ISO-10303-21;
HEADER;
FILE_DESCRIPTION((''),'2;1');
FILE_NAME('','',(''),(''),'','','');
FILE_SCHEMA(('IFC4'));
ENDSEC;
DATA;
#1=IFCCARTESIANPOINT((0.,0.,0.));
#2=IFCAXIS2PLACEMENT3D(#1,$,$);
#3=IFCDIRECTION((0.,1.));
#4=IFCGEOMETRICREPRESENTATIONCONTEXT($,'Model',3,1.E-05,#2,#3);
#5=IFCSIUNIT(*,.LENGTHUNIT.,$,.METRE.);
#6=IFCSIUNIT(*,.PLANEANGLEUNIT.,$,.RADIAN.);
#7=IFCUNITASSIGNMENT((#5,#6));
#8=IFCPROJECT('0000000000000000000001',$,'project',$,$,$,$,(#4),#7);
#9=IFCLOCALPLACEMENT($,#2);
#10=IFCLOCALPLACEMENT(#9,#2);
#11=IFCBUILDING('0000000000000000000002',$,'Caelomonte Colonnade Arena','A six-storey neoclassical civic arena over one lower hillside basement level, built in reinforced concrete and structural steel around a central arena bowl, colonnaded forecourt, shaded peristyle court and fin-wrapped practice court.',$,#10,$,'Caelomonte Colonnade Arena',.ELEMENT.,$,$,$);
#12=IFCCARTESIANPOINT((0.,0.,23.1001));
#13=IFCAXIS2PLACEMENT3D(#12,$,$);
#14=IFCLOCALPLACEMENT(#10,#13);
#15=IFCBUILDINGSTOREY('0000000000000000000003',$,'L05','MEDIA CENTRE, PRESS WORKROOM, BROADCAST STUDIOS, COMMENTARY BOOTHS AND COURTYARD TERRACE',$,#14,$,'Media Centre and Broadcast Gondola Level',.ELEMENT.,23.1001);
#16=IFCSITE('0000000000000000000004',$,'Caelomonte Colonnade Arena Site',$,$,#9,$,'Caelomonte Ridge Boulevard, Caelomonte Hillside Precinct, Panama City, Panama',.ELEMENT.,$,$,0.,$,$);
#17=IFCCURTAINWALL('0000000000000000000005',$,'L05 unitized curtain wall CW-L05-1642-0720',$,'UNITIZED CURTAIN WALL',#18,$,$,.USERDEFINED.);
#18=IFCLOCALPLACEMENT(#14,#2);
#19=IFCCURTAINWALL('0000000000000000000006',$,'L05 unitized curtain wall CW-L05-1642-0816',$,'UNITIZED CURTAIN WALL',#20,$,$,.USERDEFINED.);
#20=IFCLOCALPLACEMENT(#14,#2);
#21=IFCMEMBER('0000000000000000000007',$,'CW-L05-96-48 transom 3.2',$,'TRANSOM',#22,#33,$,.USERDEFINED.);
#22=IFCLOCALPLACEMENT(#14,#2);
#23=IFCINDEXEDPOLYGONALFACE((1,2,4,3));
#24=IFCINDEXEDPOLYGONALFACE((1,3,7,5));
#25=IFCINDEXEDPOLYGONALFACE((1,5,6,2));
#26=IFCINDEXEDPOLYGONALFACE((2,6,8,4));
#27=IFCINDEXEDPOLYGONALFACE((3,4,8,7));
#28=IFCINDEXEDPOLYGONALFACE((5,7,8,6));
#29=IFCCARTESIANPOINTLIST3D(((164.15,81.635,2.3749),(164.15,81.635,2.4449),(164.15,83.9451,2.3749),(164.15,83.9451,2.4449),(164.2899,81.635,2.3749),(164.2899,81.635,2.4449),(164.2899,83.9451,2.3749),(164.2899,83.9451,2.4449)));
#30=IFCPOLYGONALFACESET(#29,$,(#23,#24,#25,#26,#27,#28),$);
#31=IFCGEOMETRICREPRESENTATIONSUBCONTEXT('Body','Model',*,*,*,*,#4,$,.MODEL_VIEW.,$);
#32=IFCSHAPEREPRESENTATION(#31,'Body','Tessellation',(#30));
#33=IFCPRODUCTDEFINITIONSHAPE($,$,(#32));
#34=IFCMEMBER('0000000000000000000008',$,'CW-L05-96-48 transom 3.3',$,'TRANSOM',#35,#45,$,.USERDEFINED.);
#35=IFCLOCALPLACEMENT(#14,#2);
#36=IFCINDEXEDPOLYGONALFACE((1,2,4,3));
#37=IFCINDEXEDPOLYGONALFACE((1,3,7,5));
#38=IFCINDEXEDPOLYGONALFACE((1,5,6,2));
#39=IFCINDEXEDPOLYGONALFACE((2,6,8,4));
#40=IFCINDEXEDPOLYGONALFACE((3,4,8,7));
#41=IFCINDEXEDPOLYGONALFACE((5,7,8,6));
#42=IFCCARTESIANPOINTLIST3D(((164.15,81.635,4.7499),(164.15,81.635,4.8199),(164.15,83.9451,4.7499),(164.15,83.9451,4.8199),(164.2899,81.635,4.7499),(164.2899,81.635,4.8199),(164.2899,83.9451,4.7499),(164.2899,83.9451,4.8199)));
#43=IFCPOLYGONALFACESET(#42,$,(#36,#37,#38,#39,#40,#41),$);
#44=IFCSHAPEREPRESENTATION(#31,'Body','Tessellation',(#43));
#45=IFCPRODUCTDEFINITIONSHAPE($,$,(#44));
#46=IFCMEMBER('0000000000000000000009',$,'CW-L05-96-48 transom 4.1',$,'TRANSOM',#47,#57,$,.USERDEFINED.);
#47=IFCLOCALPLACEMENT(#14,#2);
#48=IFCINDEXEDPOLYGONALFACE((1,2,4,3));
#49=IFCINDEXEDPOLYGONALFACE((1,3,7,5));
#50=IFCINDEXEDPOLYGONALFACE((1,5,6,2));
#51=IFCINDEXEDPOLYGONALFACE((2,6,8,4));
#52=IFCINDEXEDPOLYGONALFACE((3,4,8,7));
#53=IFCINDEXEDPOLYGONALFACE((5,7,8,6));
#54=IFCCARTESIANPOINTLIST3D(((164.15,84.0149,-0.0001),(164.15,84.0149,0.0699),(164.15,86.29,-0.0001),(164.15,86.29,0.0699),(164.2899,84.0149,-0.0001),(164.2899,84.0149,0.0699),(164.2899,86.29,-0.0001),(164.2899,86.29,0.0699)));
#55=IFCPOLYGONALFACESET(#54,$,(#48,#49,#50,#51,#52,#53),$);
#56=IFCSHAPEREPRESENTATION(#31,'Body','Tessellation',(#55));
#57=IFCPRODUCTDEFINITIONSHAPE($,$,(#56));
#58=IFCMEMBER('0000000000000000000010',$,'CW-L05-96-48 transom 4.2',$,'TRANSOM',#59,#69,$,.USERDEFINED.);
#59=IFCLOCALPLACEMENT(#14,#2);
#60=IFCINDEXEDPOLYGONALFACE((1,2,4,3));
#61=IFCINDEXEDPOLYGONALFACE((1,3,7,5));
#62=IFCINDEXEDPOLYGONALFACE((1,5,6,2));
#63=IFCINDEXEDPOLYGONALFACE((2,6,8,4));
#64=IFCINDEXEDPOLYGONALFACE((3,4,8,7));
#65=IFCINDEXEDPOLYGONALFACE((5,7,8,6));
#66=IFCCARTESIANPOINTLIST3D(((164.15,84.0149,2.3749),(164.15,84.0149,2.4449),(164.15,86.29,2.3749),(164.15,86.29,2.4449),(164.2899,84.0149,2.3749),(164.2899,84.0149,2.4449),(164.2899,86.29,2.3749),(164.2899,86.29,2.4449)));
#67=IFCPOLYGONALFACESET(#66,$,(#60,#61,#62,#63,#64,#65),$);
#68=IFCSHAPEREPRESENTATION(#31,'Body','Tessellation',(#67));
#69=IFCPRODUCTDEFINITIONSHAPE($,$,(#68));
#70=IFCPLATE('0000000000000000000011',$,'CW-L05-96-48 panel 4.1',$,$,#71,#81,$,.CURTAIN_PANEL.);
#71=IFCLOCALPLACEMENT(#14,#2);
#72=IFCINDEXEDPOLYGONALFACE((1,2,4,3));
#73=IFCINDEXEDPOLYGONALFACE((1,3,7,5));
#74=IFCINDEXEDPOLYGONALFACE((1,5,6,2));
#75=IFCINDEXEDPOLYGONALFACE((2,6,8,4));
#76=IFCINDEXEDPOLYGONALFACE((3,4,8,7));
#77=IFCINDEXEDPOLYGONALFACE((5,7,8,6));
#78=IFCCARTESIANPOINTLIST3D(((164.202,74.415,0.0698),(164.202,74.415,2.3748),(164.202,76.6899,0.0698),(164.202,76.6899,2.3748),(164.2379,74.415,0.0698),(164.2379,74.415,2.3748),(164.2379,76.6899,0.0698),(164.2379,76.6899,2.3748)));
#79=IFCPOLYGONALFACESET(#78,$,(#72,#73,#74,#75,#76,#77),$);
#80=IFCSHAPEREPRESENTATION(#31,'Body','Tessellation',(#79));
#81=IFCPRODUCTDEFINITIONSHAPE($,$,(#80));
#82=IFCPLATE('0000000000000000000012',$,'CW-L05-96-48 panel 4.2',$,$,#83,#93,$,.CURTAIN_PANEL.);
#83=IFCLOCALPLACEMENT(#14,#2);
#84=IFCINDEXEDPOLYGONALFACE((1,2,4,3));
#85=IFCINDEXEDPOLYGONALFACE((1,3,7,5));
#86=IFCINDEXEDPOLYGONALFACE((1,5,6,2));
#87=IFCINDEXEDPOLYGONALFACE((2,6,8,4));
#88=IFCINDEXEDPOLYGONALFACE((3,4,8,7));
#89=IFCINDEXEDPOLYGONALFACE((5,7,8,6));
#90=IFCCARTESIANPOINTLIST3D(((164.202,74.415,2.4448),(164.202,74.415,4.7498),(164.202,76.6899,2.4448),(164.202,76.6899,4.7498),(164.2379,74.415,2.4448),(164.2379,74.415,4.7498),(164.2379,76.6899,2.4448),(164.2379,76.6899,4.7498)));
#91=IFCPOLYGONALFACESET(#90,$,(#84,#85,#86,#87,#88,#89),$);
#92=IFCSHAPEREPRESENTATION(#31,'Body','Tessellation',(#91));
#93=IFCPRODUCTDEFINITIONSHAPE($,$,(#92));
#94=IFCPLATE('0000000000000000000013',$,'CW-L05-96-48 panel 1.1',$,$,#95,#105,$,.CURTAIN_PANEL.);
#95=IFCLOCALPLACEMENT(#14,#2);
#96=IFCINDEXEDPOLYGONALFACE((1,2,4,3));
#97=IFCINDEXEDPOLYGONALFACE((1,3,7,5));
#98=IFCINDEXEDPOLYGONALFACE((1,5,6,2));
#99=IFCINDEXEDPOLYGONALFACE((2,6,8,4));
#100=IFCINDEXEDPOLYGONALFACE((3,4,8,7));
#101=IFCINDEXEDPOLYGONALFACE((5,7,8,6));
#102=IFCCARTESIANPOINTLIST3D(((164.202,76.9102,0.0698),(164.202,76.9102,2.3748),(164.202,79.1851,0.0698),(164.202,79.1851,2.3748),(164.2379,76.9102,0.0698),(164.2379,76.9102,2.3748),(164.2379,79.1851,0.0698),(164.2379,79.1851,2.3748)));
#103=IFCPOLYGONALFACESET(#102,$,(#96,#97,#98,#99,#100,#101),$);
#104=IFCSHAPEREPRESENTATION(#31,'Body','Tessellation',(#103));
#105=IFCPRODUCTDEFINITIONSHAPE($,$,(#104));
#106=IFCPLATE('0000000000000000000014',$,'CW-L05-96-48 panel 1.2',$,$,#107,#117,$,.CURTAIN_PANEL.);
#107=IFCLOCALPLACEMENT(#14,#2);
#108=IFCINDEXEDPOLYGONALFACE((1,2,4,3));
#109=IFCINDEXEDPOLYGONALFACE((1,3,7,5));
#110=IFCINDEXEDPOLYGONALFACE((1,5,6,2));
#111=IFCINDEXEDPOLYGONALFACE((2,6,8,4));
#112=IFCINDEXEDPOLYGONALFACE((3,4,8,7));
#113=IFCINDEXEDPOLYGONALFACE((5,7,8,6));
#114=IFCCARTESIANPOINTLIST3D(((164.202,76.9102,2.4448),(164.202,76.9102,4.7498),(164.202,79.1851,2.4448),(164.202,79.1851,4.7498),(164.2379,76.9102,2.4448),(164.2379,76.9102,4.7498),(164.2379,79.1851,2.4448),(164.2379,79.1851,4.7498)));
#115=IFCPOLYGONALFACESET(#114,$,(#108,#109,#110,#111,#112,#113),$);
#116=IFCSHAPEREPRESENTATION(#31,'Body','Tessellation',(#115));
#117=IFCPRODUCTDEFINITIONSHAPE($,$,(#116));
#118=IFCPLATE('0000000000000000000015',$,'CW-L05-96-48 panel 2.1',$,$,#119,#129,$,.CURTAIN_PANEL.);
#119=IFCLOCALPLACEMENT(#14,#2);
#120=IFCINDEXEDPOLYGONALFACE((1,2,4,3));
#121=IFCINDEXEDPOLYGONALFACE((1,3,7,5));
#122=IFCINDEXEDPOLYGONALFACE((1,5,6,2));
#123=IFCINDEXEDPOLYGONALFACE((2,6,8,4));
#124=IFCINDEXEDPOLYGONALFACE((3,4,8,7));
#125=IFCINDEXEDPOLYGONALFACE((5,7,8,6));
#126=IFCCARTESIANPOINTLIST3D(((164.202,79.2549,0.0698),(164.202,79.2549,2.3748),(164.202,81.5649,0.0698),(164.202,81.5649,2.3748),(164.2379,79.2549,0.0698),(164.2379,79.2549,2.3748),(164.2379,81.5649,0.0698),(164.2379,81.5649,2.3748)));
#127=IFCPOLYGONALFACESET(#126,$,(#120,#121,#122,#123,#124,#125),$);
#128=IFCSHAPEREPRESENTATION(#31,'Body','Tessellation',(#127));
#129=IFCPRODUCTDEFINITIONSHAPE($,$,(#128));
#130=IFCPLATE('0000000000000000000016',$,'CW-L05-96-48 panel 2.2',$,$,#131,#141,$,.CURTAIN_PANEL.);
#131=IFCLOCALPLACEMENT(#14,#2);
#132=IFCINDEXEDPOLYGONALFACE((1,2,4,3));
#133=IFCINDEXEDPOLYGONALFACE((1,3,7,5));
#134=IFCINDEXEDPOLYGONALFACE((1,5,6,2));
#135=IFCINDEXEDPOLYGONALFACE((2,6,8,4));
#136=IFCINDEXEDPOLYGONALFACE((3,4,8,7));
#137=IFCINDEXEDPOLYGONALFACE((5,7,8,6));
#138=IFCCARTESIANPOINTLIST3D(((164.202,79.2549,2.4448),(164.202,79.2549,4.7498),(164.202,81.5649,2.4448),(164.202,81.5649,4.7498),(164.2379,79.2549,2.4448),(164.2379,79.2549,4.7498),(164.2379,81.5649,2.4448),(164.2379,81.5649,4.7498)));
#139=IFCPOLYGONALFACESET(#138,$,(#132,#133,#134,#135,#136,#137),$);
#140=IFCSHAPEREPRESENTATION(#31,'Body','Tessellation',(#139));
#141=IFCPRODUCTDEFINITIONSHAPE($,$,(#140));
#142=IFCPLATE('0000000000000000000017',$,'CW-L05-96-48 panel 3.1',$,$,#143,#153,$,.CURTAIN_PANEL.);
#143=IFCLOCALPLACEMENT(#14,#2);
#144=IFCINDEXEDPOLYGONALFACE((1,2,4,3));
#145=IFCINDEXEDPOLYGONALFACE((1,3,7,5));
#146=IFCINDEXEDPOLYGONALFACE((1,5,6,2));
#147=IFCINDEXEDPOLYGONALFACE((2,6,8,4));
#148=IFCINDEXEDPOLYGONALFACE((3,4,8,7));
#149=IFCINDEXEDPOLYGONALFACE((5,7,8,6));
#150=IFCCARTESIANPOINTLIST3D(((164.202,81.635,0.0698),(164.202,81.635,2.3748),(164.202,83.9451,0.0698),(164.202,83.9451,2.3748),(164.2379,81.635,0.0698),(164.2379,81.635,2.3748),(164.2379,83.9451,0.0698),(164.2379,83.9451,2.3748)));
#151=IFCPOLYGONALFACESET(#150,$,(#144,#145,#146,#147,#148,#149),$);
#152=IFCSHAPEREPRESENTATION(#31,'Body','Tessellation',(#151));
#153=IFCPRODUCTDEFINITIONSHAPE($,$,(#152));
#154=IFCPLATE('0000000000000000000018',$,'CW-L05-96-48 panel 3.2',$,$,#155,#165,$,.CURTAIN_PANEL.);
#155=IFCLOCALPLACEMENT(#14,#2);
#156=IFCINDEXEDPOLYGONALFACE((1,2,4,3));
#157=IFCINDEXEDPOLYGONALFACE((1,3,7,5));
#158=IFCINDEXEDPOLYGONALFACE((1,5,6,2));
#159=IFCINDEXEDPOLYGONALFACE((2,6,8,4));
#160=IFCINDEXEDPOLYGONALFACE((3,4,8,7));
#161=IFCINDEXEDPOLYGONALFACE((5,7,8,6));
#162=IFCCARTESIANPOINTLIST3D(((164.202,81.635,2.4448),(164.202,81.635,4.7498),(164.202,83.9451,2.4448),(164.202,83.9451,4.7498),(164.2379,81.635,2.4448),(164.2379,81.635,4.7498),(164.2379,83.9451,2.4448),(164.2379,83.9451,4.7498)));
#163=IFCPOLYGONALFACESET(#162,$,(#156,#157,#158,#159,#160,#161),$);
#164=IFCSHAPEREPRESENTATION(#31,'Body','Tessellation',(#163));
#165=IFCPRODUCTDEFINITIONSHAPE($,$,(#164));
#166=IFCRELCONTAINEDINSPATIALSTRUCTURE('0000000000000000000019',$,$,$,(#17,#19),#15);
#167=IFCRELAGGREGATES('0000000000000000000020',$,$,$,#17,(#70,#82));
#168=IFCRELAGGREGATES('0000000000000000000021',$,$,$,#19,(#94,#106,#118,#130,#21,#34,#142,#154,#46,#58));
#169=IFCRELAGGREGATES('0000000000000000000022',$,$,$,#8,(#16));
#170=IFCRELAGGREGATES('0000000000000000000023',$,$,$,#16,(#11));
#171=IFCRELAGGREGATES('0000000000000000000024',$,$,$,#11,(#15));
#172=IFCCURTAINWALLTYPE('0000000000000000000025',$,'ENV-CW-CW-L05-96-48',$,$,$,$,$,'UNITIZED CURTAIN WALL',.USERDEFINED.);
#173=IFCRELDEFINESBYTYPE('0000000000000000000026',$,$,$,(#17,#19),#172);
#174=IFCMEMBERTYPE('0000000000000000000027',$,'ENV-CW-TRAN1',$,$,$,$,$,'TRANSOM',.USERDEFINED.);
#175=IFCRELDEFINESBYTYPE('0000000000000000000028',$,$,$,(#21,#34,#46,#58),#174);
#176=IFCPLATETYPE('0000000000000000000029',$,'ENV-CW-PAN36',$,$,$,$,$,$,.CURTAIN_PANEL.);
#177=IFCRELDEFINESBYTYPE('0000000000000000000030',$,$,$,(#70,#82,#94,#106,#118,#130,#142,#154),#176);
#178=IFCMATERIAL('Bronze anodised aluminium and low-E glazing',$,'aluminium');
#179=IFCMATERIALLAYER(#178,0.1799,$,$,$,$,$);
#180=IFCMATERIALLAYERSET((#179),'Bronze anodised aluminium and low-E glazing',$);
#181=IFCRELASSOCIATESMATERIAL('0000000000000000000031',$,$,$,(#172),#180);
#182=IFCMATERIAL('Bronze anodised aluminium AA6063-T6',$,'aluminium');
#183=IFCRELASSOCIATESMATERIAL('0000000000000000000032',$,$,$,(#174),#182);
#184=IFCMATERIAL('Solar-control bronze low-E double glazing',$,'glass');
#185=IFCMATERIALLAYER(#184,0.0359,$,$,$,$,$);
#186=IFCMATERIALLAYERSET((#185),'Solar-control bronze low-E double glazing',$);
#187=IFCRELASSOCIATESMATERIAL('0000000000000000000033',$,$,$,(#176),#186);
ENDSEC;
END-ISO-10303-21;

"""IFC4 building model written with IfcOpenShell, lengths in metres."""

from ifc_helpers import new_model, si_unit, direction, frame, origin, origin_2d, place, context, subcontext, project, spatial, rectangle, extrude, material, layer, layer_set, material_profile, profile_set, type_object, element, aggregate, save


model = new_model("IFC4")

# Units and contexts
model_context = context("Model", 3, precision=1e-05, world=origin(), true_north=direction((0.0, 1.0)))
body_context = subcontext(model_context, "Body", "Model", "MODEL_VIEW")
ifc_project = project(units=[si_unit("LENGTHUNIT", "METRE"), si_unit("PLANEANGLEUNIT", "RADIAN")], contexts=[model_context])

# Site, building, storey
site_placement = place(None, origin())
site = spatial("IfcSite", under=ifc_project, at=site_placement, Name="Caelomonte Colonnade Arena Site", LongName="Caelomonte Ridge Boulevard, Caelomonte Hillside Precinct, Panama City, Panama", CompositionType="ELEMENT", RefElevation=0.0)
building_placement = place(site_placement, origin())
building = spatial("IfcBuilding", under=site, at=building_placement, Name="Caelomonte Colonnade Arena", Description="A six-storey neoclassical civic arena over one lower hillside basement level, built in reinforced concrete and structural steel around a central arena bowl, colonnaded forecourt, shaded peristyle court and fin-wrapped practice court.", LongName="Caelomonte Colonnade Arena", CompositionType="ELEMENT")
storey_placement = place(building_placement, frame((0.0, 0.0, 23.1001)))
storey = spatial("IfcBuildingStorey", under=building, at=storey_placement, Name="L05", Description="MEDIA CENTRE, PRESS WORKROOM, BROADCAST STUDIOS, COMMENTARY BOOTHS AND COURTYARD TERRACE", LongName="Media Centre and Broadcast Gondola Level", CompositionType="ELEMENT", Elevation=23.1001)

# Curtain wall
ifc_material_1 = material(Name="Bronze anodised aluminium and low-E glazing", Category="aluminium")
ifc_layer_1 = layer(ifc_material_1, 0.1799)
ifc_layer_set_1 = layer_set([ifc_layer_1], Name="Bronze anodised aluminium and low-E glazing")
curtain_wall_type = type_object("IfcCurtainWallType", Name="ENV-CW-CW-L05-96-48", ElementType="UNITIZED CURTAIN WALL", PredefinedType="USERDEFINED", material=ifc_layer_set_1)
curtain_wall_1_placement = place(storey_placement, origin())
curtain_wall_1 = element("IfcCurtainWall", 1, at=curtain_wall_1_placement, inside=storey, type_object=curtain_wall_type, Name="L05 unitized curtain wall CW-L05-1642-0720", ObjectType="UNITIZED CURTAIN WALL", PredefinedType="USERDEFINED")
ifc_material_2 = material(Name="Bronze anodised aluminium AA6063-T6", Category="aluminium")

# Curtain wall
curtain_wall_2_placement = place(storey_placement, origin())
curtain_wall_2 = element("IfcCurtainWall", 2, at=curtain_wall_2_placement, inside=storey, type_object=curtain_wall_type, Name="L05 unitized curtain wall CW-L05-1642-0816", ObjectType="UNITIZED CURTAIN WALL", PredefinedType="USERDEFINED")

# Members
ifc_material_profile_1 = material_profile(ifc_material_2, rectangle(XDim=0.0701, YDim=0.1399, at=origin_2d()), Name="CWT-70X140")
ifc_profile_set_1 = profile_set([ifc_material_profile_1], Name="Bronze anodised aluminium AA6063-T6")
member_type_1 = type_object("IfcMemberType", Name="ENV-CW-TRAN1", ElementType="TRANSOM", PredefinedType="USERDEFINED", material=ifc_profile_set_1)
member_1_placement = place(storey_placement, frame((164.22, 81.635, 2.4099), z_axis=(0.0, 1.0, 0.0), x_axis=(0.0, 0.0, 1.0)))
member_1 = element("IfcMember", 3, at=member_1_placement, type_object=member_type_1, Name="CW-L05-96-48 transom 3.2", ObjectType="TRANSOM", PredefinedType="USERDEFINED", context=body_context, shape_type="SweptSolid", body=[
    extrude(rectangle(XDim=0.0701, YDim=0.1399, at=origin_2d()), origin(), (0.0, 0.0, 1.0), 2.3101),
])
member_2_placement = place(storey_placement, frame((164.22, 81.635, 4.7849), z_axis=(0.0, 1.0, 0.0), x_axis=(0.0, 0.0, 1.0)))
member_2 = element("IfcMember", 4, at=member_2_placement, type_object=member_type_1, Name="CW-L05-96-48 transom 3.3", ObjectType="TRANSOM", PredefinedType="USERDEFINED", context=body_context, shape_type="SweptSolid", body=[
    extrude(rectangle(XDim=0.0701, YDim=0.1399, at=origin_2d()), origin(), (0.0, 0.0, 1.0), 2.3101),
])
member_3_placement = place(storey_placement, frame((164.22, 84.0149, 0.0349), z_axis=(0.0, 1.0, 0.0), x_axis=(0.0, 0.0, 1.0)))
member_3 = element("IfcMember", 5, at=member_3_placement, type_object=member_type_1, Name="CW-L05-96-48 transom 4.1", ObjectType="TRANSOM", PredefinedType="USERDEFINED", context=body_context, shape_type="SweptSolid", body=[
    extrude(rectangle(XDim=0.0701, YDim=0.1399, at=origin_2d()), origin(), (0.0, 0.0, 1.0), 2.2751),
])
member_4_placement = place(storey_placement, frame((164.22, 84.0149, 2.4099), z_axis=(0.0, 1.0, 0.0), x_axis=(0.0, 0.0, 1.0)))
member_4 = element("IfcMember", 6, at=member_4_placement, type_object=member_type_1, Name="CW-L05-96-48 transom 4.2", ObjectType="TRANSOM", PredefinedType="USERDEFINED", context=body_context, shape_type="SweptSolid", body=[
    extrude(rectangle(XDim=0.0701, YDim=0.1399, at=origin_2d()), origin(), (0.0, 0.0, 1.0), 2.2751),
])

# Plates
ifc_material_3 = material(Name="Solar-control bronze low-E double glazing", Category="glass")
ifc_layer_2 = layer(ifc_material_3, 0.0359)
ifc_layer_set_2 = layer_set([ifc_layer_2], Name="Solar-control bronze low-E double glazing")
plate_type = type_object("IfcPlateType", Name="ENV-CW-PAN36", PredefinedType="CURTAIN_PANEL", material=ifc_layer_set_2)
plate_1_placement = place(storey_placement, frame((164.22, 75.5525, 0.0698), z_axis=(0.0, 0.0, 1.0), x_axis=(0.0, 1.0, 0.0)))
plate_1 = element("IfcPlate", 7, at=plate_1_placement, type_object=plate_type, Name="CW-L05-96-48 panel 4.1", PredefinedType="CURTAIN_PANEL", context=body_context, shape_type="SweptSolid", body=[
    extrude(rectangle(XDim=2.2749, YDim=0.0359, at=origin_2d()), origin(), (0.0, 0.0, 1.0), 2.3049),
])
plate_2_placement = place(storey_placement, frame((164.22, 75.5525, 2.4448), z_axis=(0.0, 0.0, 1.0), x_axis=(0.0, 1.0, 0.0)))
plate_2 = element("IfcPlate", 8, at=plate_2_placement, type_object=plate_type, Name="CW-L05-96-48 panel 4.2", PredefinedType="CURTAIN_PANEL", context=body_context, shape_type="SweptSolid", body=[
    extrude(rectangle(XDim=2.2749, YDim=0.0359, at=origin_2d()), origin(), (0.0, 0.0, 1.0), 2.3049),
])
aggregate(curtain_wall_1, [plate_1, plate_2])
plate_3_placement = place(storey_placement, frame((164.22, 78.0476, 0.0698), z_axis=(0.0, 0.0, 1.0), x_axis=(0.0, 1.0, 0.0)))
plate_3 = element("IfcPlate", 9, at=plate_3_placement, type_object=plate_type, Name="CW-L05-96-48 panel 1.1", PredefinedType="CURTAIN_PANEL", context=body_context, shape_type="SweptSolid", body=[
    extrude(rectangle(XDim=2.2749, YDim=0.0359, at=origin_2d()), origin(), (0.0, 0.0, 1.0), 2.3049),
])
plate_4_placement = place(storey_placement, frame((164.22, 78.0476, 2.4448), z_axis=(0.0, 0.0, 1.0), x_axis=(0.0, 1.0, 0.0)))
plate_4 = element("IfcPlate", 10, at=plate_4_placement, type_object=plate_type, Name="CW-L05-96-48 panel 1.2", PredefinedType="CURTAIN_PANEL", context=body_context, shape_type="SweptSolid", body=[
    extrude(rectangle(XDim=2.2749, YDim=0.0359, at=origin_2d()), origin(), (0.0, 0.0, 1.0), 2.3049),
])
plate_5_placement = place(storey_placement, frame((164.22, 80.4099, 0.0698), z_axis=(0.0, 0.0, 1.0), x_axis=(0.0, 1.0, 0.0)))
plate_5 = element("IfcPlate", 11, at=plate_5_placement, type_object=plate_type, Name="CW-L05-96-48 panel 2.1", PredefinedType="CURTAIN_PANEL", context=body_context, shape_type="SweptSolid", body=[
    extrude(rectangle(XDim=2.3101, YDim=0.0359, at=origin_2d()), origin(), (0.0, 0.0, 1.0), 2.3049),
])
plate_6_placement = place(storey_placement, frame((164.22, 80.4099, 2.4448), z_axis=(0.0, 0.0, 1.0), x_axis=(0.0, 1.0, 0.0)))
plate_6 = element("IfcPlate", 12, at=plate_6_placement, type_object=plate_type, Name="CW-L05-96-48 panel 2.2", PredefinedType="CURTAIN_PANEL", context=body_context, shape_type="SweptSolid", body=[
    extrude(rectangle(XDim=2.3101, YDim=0.0359, at=origin_2d()), origin(), (0.0, 0.0, 1.0), 2.3049),
])
plate_7_placement = place(storey_placement, frame((164.22, 82.79, 0.0698), z_axis=(0.0, 0.0, 1.0), x_axis=(0.0, 1.0, 0.0)))
plate_7 = element("IfcPlate", 13, at=plate_7_placement, type_object=plate_type, Name="CW-L05-96-48 panel 3.1", PredefinedType="CURTAIN_PANEL", context=body_context, shape_type="SweptSolid", body=[
    extrude(rectangle(XDim=2.3101, YDim=0.0359, at=origin_2d()), origin(), (0.0, 0.0, 1.0), 2.3049),
])
plate_8_placement = place(storey_placement, frame((164.22, 82.79, 2.4448), z_axis=(0.0, 0.0, 1.0), x_axis=(0.0, 1.0, 0.0)))
plate_8 = element("IfcPlate", 14, at=plate_8_placement, type_object=plate_type, Name="CW-L05-96-48 panel 3.2", PredefinedType="CURTAIN_PANEL", context=body_context, shape_type="SweptSolid", body=[
    extrude(rectangle(XDim=2.3101, YDim=0.0359, at=origin_2d()), origin(), (0.0, 0.0, 1.0), 2.3049),
])
aggregate(curtain_wall_2, [plate_3, plate_4, plate_5, plate_6, member_1, member_2, plate_7, plate_8, member_3, member_4])

save(model, "model.ifc")
